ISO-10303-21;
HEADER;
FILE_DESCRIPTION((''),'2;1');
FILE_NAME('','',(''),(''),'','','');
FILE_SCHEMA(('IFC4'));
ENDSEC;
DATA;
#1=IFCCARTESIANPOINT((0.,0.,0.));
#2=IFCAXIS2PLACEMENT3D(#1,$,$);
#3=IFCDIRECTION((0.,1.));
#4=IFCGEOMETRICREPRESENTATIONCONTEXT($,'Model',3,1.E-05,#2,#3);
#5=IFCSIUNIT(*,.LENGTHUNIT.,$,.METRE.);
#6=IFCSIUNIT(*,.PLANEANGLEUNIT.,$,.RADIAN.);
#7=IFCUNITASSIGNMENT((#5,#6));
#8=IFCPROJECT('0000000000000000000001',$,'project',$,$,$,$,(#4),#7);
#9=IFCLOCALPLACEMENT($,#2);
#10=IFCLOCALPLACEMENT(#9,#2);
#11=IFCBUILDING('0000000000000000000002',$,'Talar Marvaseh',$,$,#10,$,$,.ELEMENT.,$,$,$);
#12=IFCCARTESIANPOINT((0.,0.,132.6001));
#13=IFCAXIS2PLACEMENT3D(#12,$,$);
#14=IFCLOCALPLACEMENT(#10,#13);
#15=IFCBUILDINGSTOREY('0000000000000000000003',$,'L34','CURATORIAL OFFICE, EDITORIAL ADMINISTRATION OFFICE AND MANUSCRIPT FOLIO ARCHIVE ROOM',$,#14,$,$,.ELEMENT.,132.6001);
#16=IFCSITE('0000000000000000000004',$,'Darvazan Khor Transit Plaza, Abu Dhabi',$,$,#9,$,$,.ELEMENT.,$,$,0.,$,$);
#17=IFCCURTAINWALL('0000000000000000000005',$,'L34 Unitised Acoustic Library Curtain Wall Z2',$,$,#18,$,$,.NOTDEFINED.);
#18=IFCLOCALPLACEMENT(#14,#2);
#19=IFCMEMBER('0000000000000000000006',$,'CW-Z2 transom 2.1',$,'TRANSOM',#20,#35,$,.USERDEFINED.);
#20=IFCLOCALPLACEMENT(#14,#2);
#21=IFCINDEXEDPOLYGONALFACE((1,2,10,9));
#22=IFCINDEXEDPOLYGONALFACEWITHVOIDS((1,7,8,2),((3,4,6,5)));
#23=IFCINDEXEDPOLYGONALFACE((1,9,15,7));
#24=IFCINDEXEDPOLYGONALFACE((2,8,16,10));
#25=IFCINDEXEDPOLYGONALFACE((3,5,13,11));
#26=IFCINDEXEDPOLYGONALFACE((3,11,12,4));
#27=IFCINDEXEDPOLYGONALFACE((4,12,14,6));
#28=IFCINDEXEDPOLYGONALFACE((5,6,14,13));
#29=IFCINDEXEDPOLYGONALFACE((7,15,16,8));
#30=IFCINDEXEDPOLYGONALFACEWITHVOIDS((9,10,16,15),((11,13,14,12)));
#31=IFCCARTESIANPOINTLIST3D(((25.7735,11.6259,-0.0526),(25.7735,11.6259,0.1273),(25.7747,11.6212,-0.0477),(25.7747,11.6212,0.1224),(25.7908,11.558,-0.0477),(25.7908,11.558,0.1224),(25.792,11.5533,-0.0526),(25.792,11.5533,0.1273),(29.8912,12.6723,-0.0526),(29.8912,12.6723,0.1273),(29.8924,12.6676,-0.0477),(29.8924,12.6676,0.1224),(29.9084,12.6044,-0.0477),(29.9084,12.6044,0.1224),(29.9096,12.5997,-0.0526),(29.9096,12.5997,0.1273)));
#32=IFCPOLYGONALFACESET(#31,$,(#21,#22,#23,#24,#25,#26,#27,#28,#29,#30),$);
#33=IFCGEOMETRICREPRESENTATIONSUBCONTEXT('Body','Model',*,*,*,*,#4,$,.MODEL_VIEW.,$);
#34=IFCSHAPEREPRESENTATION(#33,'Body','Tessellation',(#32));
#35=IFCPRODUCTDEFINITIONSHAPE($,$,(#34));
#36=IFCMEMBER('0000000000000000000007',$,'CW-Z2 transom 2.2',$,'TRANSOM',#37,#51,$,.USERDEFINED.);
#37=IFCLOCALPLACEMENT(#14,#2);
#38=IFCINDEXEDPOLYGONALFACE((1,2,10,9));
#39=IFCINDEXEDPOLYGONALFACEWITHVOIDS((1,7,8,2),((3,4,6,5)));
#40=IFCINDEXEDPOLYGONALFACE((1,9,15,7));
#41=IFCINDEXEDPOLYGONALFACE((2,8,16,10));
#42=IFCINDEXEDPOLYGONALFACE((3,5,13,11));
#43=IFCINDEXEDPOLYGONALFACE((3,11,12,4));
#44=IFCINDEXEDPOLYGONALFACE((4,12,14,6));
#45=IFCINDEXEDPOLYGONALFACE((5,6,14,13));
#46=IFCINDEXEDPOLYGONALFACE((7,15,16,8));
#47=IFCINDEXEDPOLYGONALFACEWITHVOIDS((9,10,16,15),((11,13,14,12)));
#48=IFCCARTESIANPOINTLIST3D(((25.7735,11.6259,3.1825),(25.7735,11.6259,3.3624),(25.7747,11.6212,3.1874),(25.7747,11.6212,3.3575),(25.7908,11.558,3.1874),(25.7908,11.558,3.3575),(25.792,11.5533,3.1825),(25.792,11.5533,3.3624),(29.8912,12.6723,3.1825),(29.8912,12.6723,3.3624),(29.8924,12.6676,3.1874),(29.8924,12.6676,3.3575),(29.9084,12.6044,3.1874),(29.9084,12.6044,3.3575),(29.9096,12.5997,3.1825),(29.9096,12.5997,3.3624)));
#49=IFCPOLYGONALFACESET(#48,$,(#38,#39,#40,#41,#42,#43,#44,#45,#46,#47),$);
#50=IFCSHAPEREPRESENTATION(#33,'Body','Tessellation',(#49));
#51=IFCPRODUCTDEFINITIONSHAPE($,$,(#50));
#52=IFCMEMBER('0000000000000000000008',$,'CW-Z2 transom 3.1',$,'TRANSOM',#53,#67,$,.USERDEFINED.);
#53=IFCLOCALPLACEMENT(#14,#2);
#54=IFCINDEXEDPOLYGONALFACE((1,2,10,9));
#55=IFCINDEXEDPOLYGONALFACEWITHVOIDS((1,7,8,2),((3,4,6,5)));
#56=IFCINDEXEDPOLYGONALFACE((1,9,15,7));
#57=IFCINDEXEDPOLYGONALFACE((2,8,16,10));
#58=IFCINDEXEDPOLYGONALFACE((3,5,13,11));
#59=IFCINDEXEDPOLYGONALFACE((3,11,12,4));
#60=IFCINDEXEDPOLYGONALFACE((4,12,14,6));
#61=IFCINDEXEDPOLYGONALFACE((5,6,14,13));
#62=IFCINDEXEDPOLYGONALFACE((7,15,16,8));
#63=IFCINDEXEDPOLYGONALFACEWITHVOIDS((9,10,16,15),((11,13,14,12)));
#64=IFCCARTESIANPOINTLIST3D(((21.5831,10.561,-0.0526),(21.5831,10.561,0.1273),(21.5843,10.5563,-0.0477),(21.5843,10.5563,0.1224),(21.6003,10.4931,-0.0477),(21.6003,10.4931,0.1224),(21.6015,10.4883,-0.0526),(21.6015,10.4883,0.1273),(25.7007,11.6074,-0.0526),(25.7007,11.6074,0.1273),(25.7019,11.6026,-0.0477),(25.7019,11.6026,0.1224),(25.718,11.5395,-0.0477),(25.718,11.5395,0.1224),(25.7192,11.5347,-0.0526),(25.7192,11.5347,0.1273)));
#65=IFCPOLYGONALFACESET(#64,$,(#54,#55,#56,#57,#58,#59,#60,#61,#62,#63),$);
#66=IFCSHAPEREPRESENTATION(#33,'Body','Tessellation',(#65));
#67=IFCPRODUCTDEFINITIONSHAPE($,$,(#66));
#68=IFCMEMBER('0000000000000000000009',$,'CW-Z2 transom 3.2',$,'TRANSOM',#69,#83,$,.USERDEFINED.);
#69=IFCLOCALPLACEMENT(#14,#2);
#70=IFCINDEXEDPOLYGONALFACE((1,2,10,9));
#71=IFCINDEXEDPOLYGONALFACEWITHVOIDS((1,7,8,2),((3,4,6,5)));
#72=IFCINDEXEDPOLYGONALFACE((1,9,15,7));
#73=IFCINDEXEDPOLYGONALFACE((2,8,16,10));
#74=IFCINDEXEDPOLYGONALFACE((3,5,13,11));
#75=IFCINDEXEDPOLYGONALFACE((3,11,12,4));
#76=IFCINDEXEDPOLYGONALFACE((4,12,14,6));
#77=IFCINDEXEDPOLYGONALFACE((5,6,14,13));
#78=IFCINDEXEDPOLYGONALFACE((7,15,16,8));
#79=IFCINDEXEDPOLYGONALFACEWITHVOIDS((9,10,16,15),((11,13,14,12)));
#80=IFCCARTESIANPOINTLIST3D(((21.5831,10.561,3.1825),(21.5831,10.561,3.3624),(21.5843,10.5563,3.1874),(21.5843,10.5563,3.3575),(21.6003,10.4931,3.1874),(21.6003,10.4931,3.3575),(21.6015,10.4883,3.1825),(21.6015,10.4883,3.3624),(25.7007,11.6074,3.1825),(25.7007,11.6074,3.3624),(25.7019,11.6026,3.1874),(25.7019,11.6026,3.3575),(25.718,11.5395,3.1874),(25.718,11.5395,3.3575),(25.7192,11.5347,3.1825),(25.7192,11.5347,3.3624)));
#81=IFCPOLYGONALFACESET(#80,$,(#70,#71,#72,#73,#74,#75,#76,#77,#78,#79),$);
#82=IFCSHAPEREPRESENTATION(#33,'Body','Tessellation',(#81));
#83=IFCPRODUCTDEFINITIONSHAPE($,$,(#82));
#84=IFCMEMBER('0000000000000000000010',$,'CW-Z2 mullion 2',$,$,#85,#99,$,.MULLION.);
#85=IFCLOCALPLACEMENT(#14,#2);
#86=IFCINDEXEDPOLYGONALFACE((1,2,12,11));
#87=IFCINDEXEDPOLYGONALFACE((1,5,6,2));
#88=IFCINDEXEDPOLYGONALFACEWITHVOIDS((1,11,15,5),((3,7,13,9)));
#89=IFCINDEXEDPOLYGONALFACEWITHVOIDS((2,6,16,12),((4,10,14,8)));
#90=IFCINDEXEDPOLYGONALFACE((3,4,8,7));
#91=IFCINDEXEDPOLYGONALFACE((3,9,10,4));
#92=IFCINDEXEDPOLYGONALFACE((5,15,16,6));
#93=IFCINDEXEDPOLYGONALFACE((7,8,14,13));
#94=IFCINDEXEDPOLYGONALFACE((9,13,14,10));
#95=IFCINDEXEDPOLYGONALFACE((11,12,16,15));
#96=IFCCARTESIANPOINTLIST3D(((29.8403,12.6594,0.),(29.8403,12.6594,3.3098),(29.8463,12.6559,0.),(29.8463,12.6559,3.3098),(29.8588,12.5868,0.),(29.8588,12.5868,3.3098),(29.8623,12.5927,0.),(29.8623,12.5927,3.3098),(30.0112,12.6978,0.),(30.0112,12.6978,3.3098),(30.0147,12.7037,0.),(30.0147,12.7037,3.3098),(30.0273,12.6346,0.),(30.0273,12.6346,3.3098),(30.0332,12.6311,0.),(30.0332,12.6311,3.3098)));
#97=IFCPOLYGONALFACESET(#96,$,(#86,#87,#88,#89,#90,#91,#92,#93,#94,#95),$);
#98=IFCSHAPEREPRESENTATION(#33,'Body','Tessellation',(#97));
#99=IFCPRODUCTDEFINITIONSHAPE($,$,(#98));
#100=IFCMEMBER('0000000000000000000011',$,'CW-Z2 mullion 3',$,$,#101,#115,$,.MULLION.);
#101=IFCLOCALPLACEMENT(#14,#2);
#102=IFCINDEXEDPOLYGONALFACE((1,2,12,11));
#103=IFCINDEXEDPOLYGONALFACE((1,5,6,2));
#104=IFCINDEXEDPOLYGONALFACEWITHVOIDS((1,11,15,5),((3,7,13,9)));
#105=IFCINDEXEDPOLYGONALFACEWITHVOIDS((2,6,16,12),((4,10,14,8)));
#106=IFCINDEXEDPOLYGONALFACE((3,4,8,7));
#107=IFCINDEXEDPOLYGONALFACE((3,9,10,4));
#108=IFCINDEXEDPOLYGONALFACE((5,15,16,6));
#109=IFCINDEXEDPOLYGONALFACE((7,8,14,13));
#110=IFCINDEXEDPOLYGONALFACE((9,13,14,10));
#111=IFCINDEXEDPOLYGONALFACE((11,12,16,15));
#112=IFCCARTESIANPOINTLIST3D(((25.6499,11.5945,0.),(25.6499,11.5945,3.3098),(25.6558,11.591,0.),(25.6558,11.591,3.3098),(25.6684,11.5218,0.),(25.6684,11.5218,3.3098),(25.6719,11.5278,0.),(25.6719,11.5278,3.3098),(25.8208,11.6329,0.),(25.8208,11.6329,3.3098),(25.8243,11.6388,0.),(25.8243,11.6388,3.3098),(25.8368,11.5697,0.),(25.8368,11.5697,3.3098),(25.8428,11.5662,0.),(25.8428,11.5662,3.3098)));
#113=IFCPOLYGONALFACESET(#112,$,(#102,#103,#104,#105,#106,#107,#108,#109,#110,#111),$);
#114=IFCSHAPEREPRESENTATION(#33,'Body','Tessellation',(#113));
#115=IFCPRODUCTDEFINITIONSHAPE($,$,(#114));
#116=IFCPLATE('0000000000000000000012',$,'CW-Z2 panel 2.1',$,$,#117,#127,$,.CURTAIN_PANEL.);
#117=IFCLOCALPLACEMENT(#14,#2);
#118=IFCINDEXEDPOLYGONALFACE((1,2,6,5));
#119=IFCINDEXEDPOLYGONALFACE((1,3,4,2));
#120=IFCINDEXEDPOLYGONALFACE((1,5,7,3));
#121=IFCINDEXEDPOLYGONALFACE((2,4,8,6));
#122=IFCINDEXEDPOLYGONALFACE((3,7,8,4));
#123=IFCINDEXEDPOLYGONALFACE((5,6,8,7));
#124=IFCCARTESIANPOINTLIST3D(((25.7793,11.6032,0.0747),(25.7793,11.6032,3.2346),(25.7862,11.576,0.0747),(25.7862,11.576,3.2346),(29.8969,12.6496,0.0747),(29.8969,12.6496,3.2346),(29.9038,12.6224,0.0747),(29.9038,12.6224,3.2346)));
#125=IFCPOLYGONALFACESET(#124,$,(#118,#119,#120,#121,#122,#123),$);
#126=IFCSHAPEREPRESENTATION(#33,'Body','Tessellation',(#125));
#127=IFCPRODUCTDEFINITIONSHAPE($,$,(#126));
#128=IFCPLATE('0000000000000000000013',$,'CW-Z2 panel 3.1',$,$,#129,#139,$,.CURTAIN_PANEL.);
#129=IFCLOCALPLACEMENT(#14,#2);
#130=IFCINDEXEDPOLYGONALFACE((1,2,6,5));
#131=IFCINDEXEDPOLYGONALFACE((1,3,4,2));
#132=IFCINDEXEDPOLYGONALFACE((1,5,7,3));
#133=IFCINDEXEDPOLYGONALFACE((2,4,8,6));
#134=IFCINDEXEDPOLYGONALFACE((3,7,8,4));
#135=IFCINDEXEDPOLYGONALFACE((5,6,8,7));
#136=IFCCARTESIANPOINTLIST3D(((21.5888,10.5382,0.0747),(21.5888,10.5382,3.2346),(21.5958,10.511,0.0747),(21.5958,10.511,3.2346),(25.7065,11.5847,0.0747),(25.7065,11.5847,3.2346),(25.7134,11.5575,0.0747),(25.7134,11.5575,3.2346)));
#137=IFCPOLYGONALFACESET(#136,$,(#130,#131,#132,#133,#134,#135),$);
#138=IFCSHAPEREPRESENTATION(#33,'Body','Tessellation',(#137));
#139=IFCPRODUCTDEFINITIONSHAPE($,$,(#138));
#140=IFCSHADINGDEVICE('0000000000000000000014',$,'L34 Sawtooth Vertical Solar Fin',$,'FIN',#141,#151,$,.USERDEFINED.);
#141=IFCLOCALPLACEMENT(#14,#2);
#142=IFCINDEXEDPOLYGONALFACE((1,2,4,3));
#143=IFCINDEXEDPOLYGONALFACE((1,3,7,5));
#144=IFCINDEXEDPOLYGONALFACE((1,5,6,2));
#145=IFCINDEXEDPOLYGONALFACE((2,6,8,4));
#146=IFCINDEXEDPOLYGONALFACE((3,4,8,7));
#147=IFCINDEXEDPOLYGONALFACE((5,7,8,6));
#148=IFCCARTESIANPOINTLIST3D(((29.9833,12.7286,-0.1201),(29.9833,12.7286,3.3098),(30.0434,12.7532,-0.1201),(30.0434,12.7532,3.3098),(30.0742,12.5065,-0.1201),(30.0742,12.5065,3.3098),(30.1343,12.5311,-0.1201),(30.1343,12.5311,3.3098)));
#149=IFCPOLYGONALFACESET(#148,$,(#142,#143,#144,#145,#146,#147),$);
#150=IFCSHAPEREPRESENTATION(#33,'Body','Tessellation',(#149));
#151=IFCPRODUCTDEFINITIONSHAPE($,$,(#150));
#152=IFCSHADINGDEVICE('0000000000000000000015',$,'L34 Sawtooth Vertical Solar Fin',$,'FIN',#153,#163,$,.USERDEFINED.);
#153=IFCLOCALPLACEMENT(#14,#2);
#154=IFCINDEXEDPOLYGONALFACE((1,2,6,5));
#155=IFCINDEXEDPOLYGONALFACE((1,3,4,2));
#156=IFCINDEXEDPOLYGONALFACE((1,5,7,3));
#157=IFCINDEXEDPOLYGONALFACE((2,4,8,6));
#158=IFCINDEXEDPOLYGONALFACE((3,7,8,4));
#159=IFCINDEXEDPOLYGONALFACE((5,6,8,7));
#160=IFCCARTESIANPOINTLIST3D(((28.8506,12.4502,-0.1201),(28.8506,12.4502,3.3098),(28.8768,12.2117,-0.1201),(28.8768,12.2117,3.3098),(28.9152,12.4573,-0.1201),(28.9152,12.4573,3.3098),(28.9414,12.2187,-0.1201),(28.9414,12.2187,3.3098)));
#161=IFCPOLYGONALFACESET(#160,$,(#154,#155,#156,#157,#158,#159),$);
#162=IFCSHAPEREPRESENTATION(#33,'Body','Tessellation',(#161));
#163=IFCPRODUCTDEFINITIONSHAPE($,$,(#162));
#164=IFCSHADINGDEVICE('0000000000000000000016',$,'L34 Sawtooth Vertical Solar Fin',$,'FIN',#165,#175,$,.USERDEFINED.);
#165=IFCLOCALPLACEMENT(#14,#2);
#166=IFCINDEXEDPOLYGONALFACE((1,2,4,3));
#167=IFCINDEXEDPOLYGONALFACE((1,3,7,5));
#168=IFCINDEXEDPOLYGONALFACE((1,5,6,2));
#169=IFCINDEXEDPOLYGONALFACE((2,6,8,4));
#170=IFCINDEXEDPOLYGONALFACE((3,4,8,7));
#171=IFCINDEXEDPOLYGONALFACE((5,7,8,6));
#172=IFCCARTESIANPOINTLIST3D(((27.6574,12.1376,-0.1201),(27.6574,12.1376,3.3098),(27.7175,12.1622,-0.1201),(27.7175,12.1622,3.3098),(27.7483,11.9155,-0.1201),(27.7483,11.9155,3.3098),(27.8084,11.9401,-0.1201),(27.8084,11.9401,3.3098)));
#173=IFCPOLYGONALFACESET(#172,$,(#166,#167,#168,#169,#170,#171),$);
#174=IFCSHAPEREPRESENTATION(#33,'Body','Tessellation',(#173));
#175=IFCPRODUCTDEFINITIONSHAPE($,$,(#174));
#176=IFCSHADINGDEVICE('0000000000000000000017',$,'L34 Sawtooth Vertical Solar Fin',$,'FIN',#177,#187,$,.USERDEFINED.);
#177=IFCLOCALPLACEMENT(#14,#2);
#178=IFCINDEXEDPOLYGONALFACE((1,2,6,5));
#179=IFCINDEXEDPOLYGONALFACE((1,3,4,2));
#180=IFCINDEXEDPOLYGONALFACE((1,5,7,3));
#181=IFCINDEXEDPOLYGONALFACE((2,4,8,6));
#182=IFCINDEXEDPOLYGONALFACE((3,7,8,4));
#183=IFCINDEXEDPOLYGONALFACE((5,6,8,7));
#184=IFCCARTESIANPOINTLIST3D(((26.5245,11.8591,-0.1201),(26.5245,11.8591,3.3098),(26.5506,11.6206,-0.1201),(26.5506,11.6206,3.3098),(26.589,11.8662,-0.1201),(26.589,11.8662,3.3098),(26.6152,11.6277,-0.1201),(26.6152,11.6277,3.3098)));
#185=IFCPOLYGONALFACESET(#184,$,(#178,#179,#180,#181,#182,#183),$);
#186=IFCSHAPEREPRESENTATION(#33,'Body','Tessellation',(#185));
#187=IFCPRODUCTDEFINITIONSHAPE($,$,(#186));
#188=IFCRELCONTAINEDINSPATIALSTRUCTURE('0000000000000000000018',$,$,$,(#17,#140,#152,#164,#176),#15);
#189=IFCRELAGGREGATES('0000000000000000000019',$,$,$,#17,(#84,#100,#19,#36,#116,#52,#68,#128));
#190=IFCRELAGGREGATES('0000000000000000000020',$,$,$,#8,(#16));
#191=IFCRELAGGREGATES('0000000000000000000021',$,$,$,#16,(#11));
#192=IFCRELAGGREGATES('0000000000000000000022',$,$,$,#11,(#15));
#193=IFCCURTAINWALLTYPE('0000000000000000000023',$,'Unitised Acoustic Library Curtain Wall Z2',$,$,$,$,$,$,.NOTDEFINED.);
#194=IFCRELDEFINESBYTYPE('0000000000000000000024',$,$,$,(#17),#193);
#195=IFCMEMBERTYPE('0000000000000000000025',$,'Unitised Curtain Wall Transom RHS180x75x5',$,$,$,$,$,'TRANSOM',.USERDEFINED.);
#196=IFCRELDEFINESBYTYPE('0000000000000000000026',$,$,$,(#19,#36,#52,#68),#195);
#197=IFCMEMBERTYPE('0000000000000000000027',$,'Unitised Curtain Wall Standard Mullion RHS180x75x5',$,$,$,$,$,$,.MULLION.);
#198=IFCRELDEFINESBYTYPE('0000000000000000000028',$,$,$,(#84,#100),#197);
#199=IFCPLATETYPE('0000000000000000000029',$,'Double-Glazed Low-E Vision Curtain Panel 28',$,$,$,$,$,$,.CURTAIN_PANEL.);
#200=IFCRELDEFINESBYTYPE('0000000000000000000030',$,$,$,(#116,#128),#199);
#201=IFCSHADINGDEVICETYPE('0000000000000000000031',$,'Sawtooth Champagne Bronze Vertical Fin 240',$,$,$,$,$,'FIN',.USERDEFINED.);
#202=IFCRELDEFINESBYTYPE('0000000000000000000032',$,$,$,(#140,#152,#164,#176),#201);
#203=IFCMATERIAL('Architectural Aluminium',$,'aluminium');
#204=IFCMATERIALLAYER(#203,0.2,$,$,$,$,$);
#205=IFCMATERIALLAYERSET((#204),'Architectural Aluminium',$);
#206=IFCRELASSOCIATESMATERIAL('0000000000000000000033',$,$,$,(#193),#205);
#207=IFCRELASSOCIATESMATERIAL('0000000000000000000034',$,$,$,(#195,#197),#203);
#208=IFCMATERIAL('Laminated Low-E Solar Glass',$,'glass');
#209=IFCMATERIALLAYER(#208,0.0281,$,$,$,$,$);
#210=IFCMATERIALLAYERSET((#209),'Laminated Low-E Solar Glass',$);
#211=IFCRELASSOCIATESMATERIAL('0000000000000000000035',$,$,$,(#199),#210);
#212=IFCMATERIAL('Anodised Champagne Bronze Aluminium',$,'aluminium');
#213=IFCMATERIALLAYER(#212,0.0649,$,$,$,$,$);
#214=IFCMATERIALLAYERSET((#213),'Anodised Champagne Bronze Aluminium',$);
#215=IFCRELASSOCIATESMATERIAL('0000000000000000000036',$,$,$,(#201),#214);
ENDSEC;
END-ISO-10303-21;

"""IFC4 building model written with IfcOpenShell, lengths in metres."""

from ifc_helpers import new_model, si_unit, direction, frame, origin, origin_2d, place, context, subcontext, project, spatial, rectangle, hollow_rectangle, extrude, source, transform, mapped, material, layer, layer_set, material_profile, profile_set, type_object, type_shapes, element, aggregate, save


model = new_model("IFC4")

# Units and contexts
model_context = context("Model", 3, precision=1e-05, world=origin(), true_north=direction((0.0, 1.0)))
body_context = subcontext(model_context, "Body", "Model", "MODEL_VIEW")
ifc_project = project(units=[si_unit("LENGTHUNIT", "METRE"), si_unit("PLANEANGLEUNIT", "RADIAN")], contexts=[model_context])

# Site, building, storey
site_placement = place(None, origin())
site = spatial("IfcSite", under=ifc_project, at=site_placement, Name="Darvazan Khor Transit Plaza, Abu Dhabi", CompositionType="ELEMENT", RefElevation=0.0)
building_placement = place(site_placement, origin())
building = spatial("IfcBuilding", under=site, at=building_placement, Name="Talar Marvaseh", CompositionType="ELEMENT")
storey_placement = place(building_placement, frame((0.0, 0.0, 132.6001)))
storey = spatial("IfcBuildingStorey", under=building, at=storey_placement, Name="L34", Description="CURATORIAL OFFICE, EDITORIAL ADMINISTRATION OFFICE AND MANUSCRIPT FOLIO ARCHIVE ROOM", CompositionType="ELEMENT", Elevation=132.6001)

# Curtain wall, members, plates
ifc_material_1 = material(Name="Architectural Aluminium", Category="aluminium")
ifc_layer_1 = layer(ifc_material_1, 0.2)
ifc_layer_set_1 = layer_set([ifc_layer_1], Name="Architectural Aluminium")
curtain_wall_type = type_object("IfcCurtainWallType", Name="Unitised Acoustic Library Curtain Wall Z2", PredefinedType="NOTDEFINED", material=ifc_layer_set_1)
curtain_wall_placement = place(storey_placement, origin())
curtain_wall = element("IfcCurtainWall", 1, at=curtain_wall_placement, inside=storey, type_object=curtain_wall_type, Name="L34 Unitised Acoustic Library Curtain Wall Z2", PredefinedType="NOTDEFINED")
ifc_material_profile_1 = material_profile(ifc_material_1, hollow_rectangle(XDim=0.075, YDim=0.1799, WallThickness=0.0049, at=origin_2d()), Name="RHS180x75x5")
ifc_profile_set_1 = profile_set([ifc_material_profile_1], Name="Architectural Aluminium")
member_type_1 = type_object("IfcMemberType", Name="Unitised Curtain Wall Transom RHS180x75x5", ElementType="TRANSOM", PredefinedType="USERDEFINED", material=ifc_profile_set_1)
shared_shape_1 = source(origin(), body_context, "Body", "SweptSolid", [
    extrude(hollow_rectangle(XDim=0.075, YDim=0.1799, WallThickness=0.0049, at=origin_2d()), origin(), (0.0, 0.0, 1.0), 4.2485),
])
type_shapes(member_type_1, [shared_shape_1])
member_1_placement = place(storey_placement, frame((29.9004, 12.636, 0.0374), z_axis=(-0.969196, -0.246293, 0.0), x_axis=(0.246293, -0.969196, 0.0)))
member_1 = element("IfcMember", 2, at=member_1_placement, type_object=member_type_1, Name="CW-Z2 transom 2.1", ObjectType="TRANSOM", PredefinedType="USERDEFINED", context=body_context, shape_type="MappedRepresentation", body=[
    mapped(shared_shape_1, transform((0.0, 0.0, 0.0), x_axis=(1.0, 0.0, 0.0), y_axis=(0.0, 1.0, 0.0), z_axis=(0.0, 0.0, 1.0), scale=1.0)),
])
member_2_placement = place(storey_placement, frame((29.9004, 12.636, 3.2725), z_axis=(-0.969196, -0.246293, 0.0), x_axis=(0.246293, -0.969196, 0.0)))
member_2 = element("IfcMember", 3, at=member_2_placement, type_object=member_type_1, Name="CW-Z2 transom 2.2", ObjectType="TRANSOM", PredefinedType="USERDEFINED", context=body_context, shape_type="MappedRepresentation", body=[
    mapped(shared_shape_1, transform((0.0, 0.0, 0.0), x_axis=(1.0, 0.0, 0.0), y_axis=(0.0, 1.0, 0.0), z_axis=(0.0, 0.0, 1.0), scale=1.0)),
])
member_3_placement = place(storey_placement, frame((25.71, 11.571, 0.0374), z_axis=(-0.969196, -0.246293, 0.0), x_axis=(0.246293, -0.969196, 0.0)))
member_3 = element("IfcMember", 4, at=member_3_placement, type_object=member_type_1, Name="CW-Z2 transom 3.1", ObjectType="TRANSOM", PredefinedType="USERDEFINED", context=body_context, shape_type="MappedRepresentation", body=[
    mapped(shared_shape_1, transform((0.0, 0.0, 0.0), x_axis=(1.0, 0.0, 0.0), y_axis=(0.0, 1.0, 0.0), z_axis=(0.0, 0.0, 1.0), scale=1.0)),
])
member_4_placement = place(storey_placement, frame((25.71, 11.571, 3.2725), z_axis=(-0.969196, -0.246293, 0.0), x_axis=(0.246293, -0.969196, 0.0)))
member_4 = element("IfcMember", 5, at=member_4_placement, type_object=member_type_1, Name="CW-Z2 transom 3.2", ObjectType="TRANSOM", PredefinedType="USERDEFINED", context=body_context, shape_type="MappedRepresentation", body=[
    mapped(shared_shape_1, transform((0.0, 0.0, 0.0), x_axis=(1.0, 0.0, 0.0), y_axis=(0.0, 1.0, 0.0), z_axis=(0.0, 0.0, 1.0), scale=1.0)),
])
ifc_material_profile_2 = material_profile(ifc_material_1, hollow_rectangle(XDim=0.075, YDim=0.1799, WallThickness=0.0049, at=origin_2d()), Name="RHS180x75x5")
ifc_profile_set_2 = profile_set([ifc_material_profile_2], Name="Architectural Aluminium")
member_type_2 = type_object("IfcMemberType", Name="Unitised Curtain Wall Standard Mullion RHS180x75x5", PredefinedType="MULLION", material=ifc_profile_set_2)
shared_shape_2 = source(origin(), body_context, "Body", "SweptSolid", [
    extrude(hollow_rectangle(XDim=0.075, YDim=0.1799, WallThickness=0.0049, at=origin_2d()), origin(), (0.0, 0.0, 1.0), 3.3098),
])
type_shapes(member_type_2, [shared_shape_2])
member_5_placement = place(storey_placement, frame((29.9368, 12.6453, 0.0), z_axis=(0.0, 0.0, 1.0), x_axis=(0.246303, -0.969193, 0.0)))
member_5 = element("IfcMember", 6, at=member_5_placement, type_object=member_type_2, Name="CW-Z2 mullion 2", PredefinedType="MULLION", context=body_context, shape_type="MappedRepresentation", body=[
    mapped(shared_shape_2, transform((0.0, 0.0, 0.0), x_axis=(1.0, 0.0, 0.0), y_axis=(0.0, 1.0, 0.0), z_axis=(0.0, 0.0, 1.0), scale=1.0)),
])
member_6_placement = place(storey_placement, frame((25.7463, 11.5803, 0.0), z_axis=(0.0, 0.0, 1.0), x_axis=(0.246303, -0.969193, 0.0)))
member_6 = element("IfcMember", 7, at=member_6_placement, type_object=member_type_2, Name="CW-Z2 mullion 3", PredefinedType="MULLION", context=body_context, shape_type="MappedRepresentation", body=[
    mapped(shared_shape_2, transform((0.0, 0.0, 0.0), x_axis=(1.0, 0.0, 0.0), y_axis=(0.0, 1.0, 0.0), z_axis=(0.0, 0.0, 1.0), scale=1.0)),
])
ifc_material_2 = material(Name="Laminated Low-E Solar Glass", Category="glass")
ifc_layer_2 = layer(ifc_material_2, 0.0281)
ifc_layer_set_2 = layer_set([ifc_layer_2], Name="Laminated Low-E Solar Glass")
plate_type = type_object("IfcPlateType", Name="Double-Glazed Low-E Vision Curtain Panel 28", PredefinedType="CURTAIN_PANEL", material=ifc_layer_set_2)
shared_shape_3 = source(origin(), body_context, "Body", "SweptSolid", [
    extrude(rectangle(XDim=4.2485, YDim=0.0281, at=origin_2d()), origin(), (0.0, 0.0, 1.0), 3.1599),
])
type_shapes(plate_type, [shared_shape_3])
plate_1_placement = place(storey_placement, frame((27.8416, 12.1128, 0.0747), z_axis=(0.0, 0.0, 1.0), x_axis=(-0.969193, -0.246303, 0.0)))
plate_1 = element("IfcPlate", 8, at=plate_1_placement, type_object=plate_type, Name="CW-Z2 panel 2.1", PredefinedType="CURTAIN_PANEL", context=body_context, shape_type="MappedRepresentation", body=[
    mapped(shared_shape_3, transform((0.0, 0.0, 0.0), x_axis=(1.0, 0.0, 0.0), y_axis=(0.0, 1.0, 0.0), z_axis=(0.0, 0.0, 1.0), scale=1.0)),
])
plate_2_placement = place(storey_placement, frame((23.6511, 11.0479, 0.0747), z_axis=(0.0, 0.0, 1.0), x_axis=(-0.969193, -0.246303, 0.0)))
plate_2 = element("IfcPlate", 9, at=plate_2_placement, type_object=plate_type, Name="CW-Z2 panel 3.1", PredefinedType="CURTAIN_PANEL", context=body_context, shape_type="MappedRepresentation", body=[
    mapped(shared_shape_3, transform((0.0, 0.0, 0.0), x_axis=(1.0, 0.0, 0.0), y_axis=(0.0, 1.0, 0.0), z_axis=(0.0, 0.0, 1.0), scale=1.0)),
])
aggregate(curtain_wall, [member_5, member_6, member_1, member_2, plate_1, member_3, member_4, plate_2])

# Shading devices
ifc_material_3 = material(Name="Anodised Champagne Bronze Aluminium", Category="aluminium")
ifc_layer_3 = layer(ifc_material_3, 0.0649)
ifc_layer_set_3 = layer_set([ifc_layer_3], Name="Anodised Champagne Bronze Aluminium")
shading_device_type = type_object("IfcShadingDeviceType", Name="Sawtooth Champagne Bronze Vertical Fin 240", ElementType="FIN", PredefinedType="USERDEFINED", material=ifc_layer_set_3)
shared_shape_4 = source(origin(), body_context, "Body", "SweptSolid", [
    extrude(rectangle(XDim=0.24, YDim=0.0649, at=origin_2d()), origin(), (0.0, 0.0, 1.0), 3.4299),
])
type_shapes(shading_device_type, [shared_shape_4])
for number, where, z_axis, x_axis, name in (
    (10, (30.0588, 12.6299, -0.1201), (0.0, 0.0, 1.0), (0.37881, -0.925474, 0.0), "L34 Sawtooth Vertical Solar Fin"),
    (11, (28.896, 12.3345, -0.1201), (0.0, 0.0, 1.0), (0.10904, -0.994037, 0.0), "L34 Sawtooth Vertical Solar Fin"),
    (12, (27.7329, 12.0388, -0.1201), (0.0, 0.0, 1.0), (0.37881, -0.925474, 0.0), "L34 Sawtooth Vertical Solar Fin"),
    (13, (26.5698, 11.7434, -0.1201), (0.0, 0.0, 1.0), (0.10904, -0.994037, 0.0), "L34 Sawtooth Vertical Solar Fin"),
):
    element("IfcShadingDevice", number, at=place(storey_placement, frame(where, z_axis=z_axis, x_axis=x_axis)), inside=storey, type_object=shading_device_type, Name=name, ObjectType="FIN", PredefinedType="USERDEFINED", context=body_context, shape_type="MappedRepresentation", body=[
        mapped(shared_shape_4, transform((0.0, 0.0, 0.0), x_axis=(1.0, 0.0, 0.0), y_axis=(0.0, 1.0, 0.0), z_axis=(0.0, 0.0, 1.0), scale=1.0)),
    ])

save(model, "model.ifc")
